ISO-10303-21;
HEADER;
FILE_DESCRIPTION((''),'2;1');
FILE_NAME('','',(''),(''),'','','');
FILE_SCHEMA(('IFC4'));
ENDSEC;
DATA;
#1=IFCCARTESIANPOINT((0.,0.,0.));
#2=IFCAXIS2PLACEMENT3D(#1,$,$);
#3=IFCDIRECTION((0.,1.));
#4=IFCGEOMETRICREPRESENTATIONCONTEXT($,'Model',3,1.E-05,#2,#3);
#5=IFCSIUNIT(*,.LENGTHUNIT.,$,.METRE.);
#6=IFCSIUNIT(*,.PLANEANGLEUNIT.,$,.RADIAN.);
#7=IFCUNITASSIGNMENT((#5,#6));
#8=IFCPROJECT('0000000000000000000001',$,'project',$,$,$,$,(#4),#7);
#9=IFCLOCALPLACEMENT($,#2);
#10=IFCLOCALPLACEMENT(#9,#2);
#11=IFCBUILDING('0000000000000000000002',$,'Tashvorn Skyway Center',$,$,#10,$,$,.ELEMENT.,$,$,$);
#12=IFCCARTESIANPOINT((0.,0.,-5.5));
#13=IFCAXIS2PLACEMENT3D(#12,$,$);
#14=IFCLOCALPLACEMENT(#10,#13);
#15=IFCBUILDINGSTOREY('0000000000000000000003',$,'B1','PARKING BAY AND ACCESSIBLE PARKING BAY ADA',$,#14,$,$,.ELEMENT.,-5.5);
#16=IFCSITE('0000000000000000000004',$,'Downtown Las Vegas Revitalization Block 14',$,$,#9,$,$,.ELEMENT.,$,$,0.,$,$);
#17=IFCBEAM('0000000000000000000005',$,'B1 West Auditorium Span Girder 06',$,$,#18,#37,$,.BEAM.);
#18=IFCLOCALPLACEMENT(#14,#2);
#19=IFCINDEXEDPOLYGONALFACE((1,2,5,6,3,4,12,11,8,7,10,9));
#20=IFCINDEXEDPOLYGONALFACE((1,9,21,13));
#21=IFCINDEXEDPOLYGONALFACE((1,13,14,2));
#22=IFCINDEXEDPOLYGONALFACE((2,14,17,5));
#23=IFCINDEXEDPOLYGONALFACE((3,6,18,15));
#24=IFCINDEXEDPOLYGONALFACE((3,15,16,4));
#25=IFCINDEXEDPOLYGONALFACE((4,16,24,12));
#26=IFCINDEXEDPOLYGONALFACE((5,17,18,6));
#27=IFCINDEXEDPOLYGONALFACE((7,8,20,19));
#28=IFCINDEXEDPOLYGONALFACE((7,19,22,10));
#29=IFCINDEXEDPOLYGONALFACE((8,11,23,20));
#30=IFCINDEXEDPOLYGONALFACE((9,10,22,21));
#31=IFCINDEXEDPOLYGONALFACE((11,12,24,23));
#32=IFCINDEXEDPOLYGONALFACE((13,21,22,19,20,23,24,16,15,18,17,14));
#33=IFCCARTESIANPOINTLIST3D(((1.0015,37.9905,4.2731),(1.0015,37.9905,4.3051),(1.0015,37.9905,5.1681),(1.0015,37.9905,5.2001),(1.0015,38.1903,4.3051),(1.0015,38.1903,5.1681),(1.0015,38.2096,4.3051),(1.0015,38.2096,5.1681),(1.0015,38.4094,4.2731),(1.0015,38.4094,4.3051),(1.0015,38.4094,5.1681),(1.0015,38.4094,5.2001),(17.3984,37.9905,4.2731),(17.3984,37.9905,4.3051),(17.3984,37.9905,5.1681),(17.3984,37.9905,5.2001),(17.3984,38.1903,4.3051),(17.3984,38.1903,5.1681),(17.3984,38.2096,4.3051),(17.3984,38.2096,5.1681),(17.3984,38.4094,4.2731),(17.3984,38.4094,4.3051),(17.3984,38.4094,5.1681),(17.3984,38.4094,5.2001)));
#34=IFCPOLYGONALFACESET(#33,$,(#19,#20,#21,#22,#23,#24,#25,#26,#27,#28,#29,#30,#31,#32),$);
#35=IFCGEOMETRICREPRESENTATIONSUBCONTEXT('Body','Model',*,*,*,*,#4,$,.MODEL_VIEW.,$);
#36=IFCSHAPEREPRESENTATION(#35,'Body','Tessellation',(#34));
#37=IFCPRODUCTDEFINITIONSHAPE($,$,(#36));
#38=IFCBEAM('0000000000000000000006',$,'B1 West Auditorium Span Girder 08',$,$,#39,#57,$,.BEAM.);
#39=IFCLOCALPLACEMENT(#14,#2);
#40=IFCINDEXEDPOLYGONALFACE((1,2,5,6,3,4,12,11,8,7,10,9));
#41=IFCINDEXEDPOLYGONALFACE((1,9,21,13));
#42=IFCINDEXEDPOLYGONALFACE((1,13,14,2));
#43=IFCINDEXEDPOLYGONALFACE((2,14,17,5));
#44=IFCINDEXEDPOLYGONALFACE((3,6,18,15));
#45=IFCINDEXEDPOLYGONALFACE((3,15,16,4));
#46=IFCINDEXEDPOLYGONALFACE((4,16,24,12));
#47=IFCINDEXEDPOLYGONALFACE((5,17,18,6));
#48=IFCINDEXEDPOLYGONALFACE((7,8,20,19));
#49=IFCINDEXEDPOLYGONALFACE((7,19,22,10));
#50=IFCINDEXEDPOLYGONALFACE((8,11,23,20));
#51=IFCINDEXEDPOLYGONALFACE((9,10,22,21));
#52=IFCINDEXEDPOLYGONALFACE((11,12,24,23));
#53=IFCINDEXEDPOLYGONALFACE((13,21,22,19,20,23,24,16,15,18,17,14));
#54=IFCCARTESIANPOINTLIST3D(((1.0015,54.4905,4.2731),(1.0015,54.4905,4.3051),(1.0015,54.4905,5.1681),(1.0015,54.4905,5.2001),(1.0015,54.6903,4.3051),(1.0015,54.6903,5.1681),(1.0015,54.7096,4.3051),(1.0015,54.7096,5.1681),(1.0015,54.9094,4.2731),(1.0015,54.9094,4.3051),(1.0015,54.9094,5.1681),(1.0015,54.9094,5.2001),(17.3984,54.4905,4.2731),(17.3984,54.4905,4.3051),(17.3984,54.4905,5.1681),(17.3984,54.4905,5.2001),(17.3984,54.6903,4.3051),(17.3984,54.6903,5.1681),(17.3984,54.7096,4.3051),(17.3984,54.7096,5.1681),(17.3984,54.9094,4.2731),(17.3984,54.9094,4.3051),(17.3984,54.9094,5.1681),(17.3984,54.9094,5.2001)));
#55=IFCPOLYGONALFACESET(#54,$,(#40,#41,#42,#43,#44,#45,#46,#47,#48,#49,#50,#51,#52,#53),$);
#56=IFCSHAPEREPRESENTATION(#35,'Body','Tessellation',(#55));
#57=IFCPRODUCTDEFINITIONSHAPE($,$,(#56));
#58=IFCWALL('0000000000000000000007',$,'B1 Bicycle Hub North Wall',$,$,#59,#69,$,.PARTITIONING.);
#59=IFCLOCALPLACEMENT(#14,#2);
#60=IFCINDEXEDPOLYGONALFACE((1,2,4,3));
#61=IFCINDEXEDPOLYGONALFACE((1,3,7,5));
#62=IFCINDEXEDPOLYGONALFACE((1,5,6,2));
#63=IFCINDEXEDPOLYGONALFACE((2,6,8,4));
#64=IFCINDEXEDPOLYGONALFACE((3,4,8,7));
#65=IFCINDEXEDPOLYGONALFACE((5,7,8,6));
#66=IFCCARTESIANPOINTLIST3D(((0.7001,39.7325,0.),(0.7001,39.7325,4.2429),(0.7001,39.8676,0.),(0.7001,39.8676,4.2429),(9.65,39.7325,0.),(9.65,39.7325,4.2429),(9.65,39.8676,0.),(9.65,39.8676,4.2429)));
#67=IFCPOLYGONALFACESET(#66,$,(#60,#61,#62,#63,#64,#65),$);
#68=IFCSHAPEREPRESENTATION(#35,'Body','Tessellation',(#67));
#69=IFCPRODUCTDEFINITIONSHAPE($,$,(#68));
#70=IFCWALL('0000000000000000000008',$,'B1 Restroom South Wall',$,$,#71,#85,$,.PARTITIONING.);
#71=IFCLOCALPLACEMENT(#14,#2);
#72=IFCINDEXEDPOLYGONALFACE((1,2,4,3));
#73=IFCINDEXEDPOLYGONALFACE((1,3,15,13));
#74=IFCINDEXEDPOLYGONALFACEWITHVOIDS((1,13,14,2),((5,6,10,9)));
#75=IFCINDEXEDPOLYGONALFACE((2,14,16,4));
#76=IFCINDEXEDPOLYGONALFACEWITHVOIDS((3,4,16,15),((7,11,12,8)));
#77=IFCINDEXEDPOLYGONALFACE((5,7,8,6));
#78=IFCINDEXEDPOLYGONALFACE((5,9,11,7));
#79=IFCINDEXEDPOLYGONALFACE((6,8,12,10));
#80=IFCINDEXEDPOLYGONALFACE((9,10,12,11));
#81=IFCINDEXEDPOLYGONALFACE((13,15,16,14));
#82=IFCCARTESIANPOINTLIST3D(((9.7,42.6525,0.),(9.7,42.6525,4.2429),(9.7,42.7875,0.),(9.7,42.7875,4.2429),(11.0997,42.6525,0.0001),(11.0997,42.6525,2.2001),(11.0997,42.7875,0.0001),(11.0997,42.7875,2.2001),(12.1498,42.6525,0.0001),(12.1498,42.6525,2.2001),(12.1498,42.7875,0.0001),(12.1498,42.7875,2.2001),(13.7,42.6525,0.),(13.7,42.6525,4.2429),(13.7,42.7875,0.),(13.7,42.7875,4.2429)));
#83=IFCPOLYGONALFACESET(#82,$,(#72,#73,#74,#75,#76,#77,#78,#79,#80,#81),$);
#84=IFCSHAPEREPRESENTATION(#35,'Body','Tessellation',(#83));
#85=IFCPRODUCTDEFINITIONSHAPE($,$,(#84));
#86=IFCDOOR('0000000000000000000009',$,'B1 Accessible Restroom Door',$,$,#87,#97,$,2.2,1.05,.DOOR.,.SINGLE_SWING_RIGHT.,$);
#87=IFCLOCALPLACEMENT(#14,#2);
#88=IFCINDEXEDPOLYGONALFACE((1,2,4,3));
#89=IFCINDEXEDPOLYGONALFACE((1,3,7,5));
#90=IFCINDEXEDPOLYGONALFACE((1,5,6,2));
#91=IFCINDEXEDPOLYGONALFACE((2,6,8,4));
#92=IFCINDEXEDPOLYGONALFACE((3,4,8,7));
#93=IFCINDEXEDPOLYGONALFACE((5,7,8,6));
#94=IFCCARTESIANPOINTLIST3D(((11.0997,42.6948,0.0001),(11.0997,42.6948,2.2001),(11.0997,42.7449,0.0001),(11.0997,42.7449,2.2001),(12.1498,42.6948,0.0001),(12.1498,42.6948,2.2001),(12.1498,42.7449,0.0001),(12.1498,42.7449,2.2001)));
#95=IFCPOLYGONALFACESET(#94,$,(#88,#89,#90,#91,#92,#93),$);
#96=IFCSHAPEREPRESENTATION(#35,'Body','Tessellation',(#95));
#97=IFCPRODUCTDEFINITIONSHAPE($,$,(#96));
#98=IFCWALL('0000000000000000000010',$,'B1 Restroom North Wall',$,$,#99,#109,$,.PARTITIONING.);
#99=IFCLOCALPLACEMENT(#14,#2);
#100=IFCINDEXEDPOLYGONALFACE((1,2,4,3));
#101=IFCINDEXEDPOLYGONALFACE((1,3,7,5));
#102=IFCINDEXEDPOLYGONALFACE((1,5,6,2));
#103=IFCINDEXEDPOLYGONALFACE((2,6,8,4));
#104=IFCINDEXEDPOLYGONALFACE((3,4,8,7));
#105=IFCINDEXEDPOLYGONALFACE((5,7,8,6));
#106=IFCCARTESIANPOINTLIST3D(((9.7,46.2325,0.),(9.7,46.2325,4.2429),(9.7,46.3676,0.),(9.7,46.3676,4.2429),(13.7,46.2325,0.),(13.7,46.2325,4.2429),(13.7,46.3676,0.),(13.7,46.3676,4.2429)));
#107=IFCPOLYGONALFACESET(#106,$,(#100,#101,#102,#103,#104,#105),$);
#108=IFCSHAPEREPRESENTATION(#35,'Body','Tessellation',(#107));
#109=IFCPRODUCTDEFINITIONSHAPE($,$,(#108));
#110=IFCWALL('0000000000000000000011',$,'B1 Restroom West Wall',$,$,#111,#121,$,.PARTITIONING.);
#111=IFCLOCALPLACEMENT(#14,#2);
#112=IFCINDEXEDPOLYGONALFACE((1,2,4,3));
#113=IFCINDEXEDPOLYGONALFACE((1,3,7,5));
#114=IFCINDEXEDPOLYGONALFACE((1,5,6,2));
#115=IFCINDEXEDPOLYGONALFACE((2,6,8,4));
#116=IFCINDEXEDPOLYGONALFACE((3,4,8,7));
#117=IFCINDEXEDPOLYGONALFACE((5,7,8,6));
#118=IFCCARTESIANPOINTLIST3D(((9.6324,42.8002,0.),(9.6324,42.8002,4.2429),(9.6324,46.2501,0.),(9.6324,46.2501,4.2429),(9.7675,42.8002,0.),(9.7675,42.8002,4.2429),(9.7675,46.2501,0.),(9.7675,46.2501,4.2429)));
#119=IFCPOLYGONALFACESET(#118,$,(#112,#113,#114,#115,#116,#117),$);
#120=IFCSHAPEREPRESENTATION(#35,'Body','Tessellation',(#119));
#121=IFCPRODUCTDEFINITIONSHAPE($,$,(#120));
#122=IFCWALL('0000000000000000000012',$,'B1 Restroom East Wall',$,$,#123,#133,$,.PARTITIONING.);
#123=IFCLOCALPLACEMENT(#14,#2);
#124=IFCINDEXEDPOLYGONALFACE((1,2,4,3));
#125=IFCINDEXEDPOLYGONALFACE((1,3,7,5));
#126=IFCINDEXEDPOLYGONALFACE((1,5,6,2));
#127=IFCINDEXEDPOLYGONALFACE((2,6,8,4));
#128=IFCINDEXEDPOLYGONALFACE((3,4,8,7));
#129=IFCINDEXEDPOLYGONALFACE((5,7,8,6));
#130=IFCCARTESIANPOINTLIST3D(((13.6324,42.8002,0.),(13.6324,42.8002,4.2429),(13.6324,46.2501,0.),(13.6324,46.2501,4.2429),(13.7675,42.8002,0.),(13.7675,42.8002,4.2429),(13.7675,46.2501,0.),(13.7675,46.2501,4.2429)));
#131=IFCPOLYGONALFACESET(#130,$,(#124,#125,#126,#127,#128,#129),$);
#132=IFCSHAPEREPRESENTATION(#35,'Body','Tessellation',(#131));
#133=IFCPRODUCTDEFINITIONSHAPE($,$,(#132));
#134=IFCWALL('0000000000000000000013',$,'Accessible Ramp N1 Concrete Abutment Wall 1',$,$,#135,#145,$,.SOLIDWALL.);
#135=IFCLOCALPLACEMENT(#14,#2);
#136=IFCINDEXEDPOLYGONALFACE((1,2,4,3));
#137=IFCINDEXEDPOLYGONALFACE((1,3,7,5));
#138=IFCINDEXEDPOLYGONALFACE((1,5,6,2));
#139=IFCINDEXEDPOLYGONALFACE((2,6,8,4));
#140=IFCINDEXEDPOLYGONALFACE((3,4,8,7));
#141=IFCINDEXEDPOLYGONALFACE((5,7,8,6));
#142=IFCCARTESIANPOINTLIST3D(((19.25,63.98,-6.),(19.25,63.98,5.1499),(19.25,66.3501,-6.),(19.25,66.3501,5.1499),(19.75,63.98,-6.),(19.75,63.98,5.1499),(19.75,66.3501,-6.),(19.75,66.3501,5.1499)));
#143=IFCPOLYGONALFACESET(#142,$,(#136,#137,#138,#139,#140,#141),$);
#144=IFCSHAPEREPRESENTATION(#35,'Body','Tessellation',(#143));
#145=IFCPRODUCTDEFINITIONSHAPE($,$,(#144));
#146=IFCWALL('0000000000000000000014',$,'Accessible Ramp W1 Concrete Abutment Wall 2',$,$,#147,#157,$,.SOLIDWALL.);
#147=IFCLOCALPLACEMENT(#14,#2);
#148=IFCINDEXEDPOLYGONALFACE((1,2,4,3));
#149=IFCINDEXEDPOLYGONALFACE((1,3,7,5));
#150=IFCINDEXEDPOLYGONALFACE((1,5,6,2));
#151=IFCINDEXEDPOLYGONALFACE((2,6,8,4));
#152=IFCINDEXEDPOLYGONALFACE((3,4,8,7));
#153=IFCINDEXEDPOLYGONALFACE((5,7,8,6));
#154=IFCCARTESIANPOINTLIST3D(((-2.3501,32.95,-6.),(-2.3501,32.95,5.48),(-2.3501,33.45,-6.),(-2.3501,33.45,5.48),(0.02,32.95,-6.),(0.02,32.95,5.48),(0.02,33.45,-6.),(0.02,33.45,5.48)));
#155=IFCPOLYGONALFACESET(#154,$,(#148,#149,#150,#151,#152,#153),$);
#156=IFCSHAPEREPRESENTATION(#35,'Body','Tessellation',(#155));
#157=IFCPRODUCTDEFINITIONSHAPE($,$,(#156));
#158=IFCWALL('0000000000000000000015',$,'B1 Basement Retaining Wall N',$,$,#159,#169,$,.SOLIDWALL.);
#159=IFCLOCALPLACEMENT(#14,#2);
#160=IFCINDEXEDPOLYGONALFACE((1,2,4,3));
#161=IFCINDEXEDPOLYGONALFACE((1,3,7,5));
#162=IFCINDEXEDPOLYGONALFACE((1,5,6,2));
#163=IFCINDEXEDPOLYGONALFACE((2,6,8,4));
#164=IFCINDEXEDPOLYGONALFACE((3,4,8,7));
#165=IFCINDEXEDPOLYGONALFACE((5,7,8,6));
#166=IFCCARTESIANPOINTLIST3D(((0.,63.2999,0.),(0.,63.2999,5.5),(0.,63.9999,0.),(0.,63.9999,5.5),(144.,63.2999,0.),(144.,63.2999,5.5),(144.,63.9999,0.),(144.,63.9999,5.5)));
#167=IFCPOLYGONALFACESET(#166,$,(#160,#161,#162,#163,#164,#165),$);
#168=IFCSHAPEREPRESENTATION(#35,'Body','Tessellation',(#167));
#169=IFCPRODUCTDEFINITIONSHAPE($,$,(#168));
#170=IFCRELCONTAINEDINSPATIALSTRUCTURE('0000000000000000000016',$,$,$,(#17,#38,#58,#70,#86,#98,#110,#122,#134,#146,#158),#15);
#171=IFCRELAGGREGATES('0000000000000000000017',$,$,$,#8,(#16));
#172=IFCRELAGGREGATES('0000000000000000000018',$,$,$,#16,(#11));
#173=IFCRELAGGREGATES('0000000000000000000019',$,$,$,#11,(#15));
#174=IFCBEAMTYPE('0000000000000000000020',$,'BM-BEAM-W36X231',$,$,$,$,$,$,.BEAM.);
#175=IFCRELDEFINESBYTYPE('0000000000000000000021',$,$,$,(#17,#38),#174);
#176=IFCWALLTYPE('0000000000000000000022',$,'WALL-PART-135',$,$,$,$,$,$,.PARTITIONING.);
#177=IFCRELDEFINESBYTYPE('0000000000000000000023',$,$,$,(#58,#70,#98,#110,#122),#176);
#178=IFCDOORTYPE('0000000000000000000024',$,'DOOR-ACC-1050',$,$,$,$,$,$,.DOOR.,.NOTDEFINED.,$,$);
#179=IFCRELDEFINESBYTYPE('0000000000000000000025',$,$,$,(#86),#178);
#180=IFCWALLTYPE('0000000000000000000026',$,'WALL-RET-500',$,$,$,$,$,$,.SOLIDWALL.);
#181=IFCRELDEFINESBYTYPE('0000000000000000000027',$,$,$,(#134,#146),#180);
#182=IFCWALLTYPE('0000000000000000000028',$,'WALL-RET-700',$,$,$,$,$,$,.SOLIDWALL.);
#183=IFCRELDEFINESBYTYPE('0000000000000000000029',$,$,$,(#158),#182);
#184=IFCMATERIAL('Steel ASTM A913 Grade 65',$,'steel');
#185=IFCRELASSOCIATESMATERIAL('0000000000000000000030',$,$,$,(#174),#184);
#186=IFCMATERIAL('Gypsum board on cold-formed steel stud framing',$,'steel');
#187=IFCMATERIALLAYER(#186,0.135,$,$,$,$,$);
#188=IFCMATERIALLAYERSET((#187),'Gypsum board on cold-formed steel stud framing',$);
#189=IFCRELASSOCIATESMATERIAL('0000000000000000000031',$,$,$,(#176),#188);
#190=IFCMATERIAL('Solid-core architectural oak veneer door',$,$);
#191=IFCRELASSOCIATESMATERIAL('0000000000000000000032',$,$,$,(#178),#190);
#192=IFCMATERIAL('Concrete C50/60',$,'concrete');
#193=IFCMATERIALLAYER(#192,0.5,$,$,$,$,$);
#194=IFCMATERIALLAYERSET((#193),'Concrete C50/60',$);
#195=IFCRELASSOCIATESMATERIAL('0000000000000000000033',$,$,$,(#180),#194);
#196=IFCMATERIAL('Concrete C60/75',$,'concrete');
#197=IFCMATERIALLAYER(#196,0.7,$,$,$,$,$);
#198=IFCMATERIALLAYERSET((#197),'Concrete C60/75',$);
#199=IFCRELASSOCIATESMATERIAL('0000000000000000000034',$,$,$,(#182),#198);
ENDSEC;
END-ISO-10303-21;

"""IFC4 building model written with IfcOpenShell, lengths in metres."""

from ifc_helpers import new_model, si_unit, direction, frame, frame_2d, origin, origin_2d, place, context, subcontext, project, spatial, rectangle, i_section, extrude, material, layer, layer_set, material_profile, profile_set, type_object, element, fill, save


model = new_model("IFC4")

# Units and contexts
model_context = context("Model", 3, precision=1e-05, world=origin(), true_north=direction((0.0, 1.0)))
body_context = subcontext(model_context, "Body", "Model", "MODEL_VIEW")
ifc_project = project(units=[si_unit("LENGTHUNIT", "METRE"), si_unit("PLANEANGLEUNIT", "RADIAN")], contexts=[model_context])

# Site, building, storey
site_placement = place(None, origin())
site = spatial("IfcSite", under=ifc_project, at=site_placement, Name="Downtown Las Vegas Revitalization Block 14", CompositionType="ELEMENT", RefElevation=0.0)
building_placement = place(site_placement, origin())
building = spatial("IfcBuilding", under=site, at=building_placement, Name="Tashvorn Skyway Center", CompositionType="ELEMENT")
storey_placement = place(building_placement, frame((0.0, 0.0, -5.5)))
storey = spatial("IfcBuildingStorey", under=building, at=storey_placement, Name="B1", Description="PARKING BAY AND ACCESSIBLE PARKING BAY ADA", CompositionType="ELEMENT", Elevation=-5.5)

# Shared definitions
ifc_material_1 = material(Name="Concrete C50/60", Category="concrete")

# Beams
ifc_material_2 = material(Name="Steel ASTM A913 Grade 65", Category="steel")
ifc_material_profile_1 = material_profile(ifc_material_2, i_section(OverallWidth=0.4189, OverallDepth=0.927, WebThickness=0.0193, FlangeThickness=0.032, at=origin_2d()), Name="W36X231")
ifc_profile_set_1 = profile_set([ifc_material_profile_1], Name="Steel ASTM A913 Grade 65")
beam_type_1 = type_object("IfcBeamType", Name="BM-BEAM-W36X231", PredefinedType="BEAM", material=ifc_profile_set_1)
for number, where, z_axis, x_axis, name in (
    (1, (1.0015, 38.2, 4.7366), (1.0, 0.0, 0.0), (0.0, 1.0, 0.0), "B1 West Auditorium Span Girder 06"),
    (2, (1.0015, 54.7, 4.7366), (1.0, 0.0, 0.0), (0.0, 1.0, 0.0), "B1 West Auditorium Span Girder 08"),
):
    element("IfcBeam", number, at=place(storey_placement, frame(where, z_axis=z_axis, x_axis=x_axis)), inside=storey, type_object=beam_type_1, Name=name, PredefinedType="BEAM", context=body_context, shape_type="SweptSolid", body=[
        extrude(i_section(OverallWidth=0.4189, OverallDepth=0.927, WebThickness=0.0193, FlangeThickness=0.032, at=origin_2d()), origin(), (0.0, 0.0, 1.0), 16.397),
    ])

# Wall
ifc_material_3 = material(Name="Gypsum board on cold-formed steel stud framing", Category="steel")
ifc_layer_1 = layer(ifc_material_3, 0.135)
ifc_layer_set_1 = layer_set([ifc_layer_1], Name="Gypsum board on cold-formed steel stud framing")
wall_type_1 = type_object("IfcWallType", Name="WALL-PART-135", PredefinedType="PARTITIONING", material=ifc_layer_set_1)
wall_1_placement = place(storey_placement, frame((0.7, 39.8, 0.0), z_axis=(0.0, 0.0, 1.0), x_axis=(1.0, 0.0, 0.0)))
element("IfcWall", 3, at=wall_1_placement, inside=storey, type_object=wall_type_1, Name="B1 Bicycle Hub North Wall", PredefinedType="PARTITIONING", context=body_context, shape_type="SweptSolid", body=[
    extrude(rectangle(XDim=8.95, YDim=0.135, at=frame_2d((4.4751, 0.0))), origin(), (0.0, 0.0, 1.0), 4.2429),
])

# Wall, opening, door
wall_2_placement = place(storey_placement, frame((9.7, 42.72, 0.0), z_axis=(0.0, 0.0, 1.0), x_axis=(1.0, 0.0, 0.0)))
wall_2 = element("IfcWall", 4, at=wall_2_placement, inside=storey, type_object=wall_type_1, Name="B1 Restroom South Wall", PredefinedType="PARTITIONING", context=body_context, shape_type="SweptSolid", body=[
    extrude(rectangle(XDim=4.0, YDim=0.135, at=frame_2d((2.0, 0.0))), origin(), (0.0, 0.0, 1.0), 4.2429),
])
opening_placement = place(wall_2_placement, frame((1.3999, 0.0, 0.0)))
opening = element("IfcOpeningElement", 5, at=opening_placement, cuts=wall_2, PredefinedType="OPENING", context=body_context, shape_type="SweptSolid", body=[
    extrude(rectangle(XDim=1.05, YDim=2.2, at=frame_2d((0.5249, 1.1001))), frame((0.0, 0.0774, 0.0), z_axis=(0.0, -1.0, 0.0), x_axis=(1.0, 0.0, 0.0)), (0.0, 0.0, 1.0), 0.155),
])
ifc_material_4 = material(Name="Solid-core architectural oak veneer door")
door_type = type_object("IfcDoorType", Name="DOOR-ACC-1050", OperationType="NOTDEFINED", PredefinedType="DOOR", material=ifc_material_4)
door_placement = place(opening_placement, origin())
door = element("IfcDoor", 6, at=door_placement, inside=storey, type_object=door_type, Name="B1 Accessible Restroom Door", OperationType="SINGLE_SWING_RIGHT", OverallHeight=2.2, OverallWidth=1.05, PredefinedType="DOOR", context=body_context, shape_type="SweptSolid", body=[
    extrude(rectangle(XDim=1.05, YDim=2.2, at=frame_2d((0.5249, 1.1001))), frame((0.0, 0.0249, 0.0), z_axis=(0.0, -1.0, 0.0), x_axis=(1.0, 0.0, 0.0)), (0.0, 0.0, 1.0), 0.05),
])
fill(opening, door)

# Walls
wall_3_placement = place(storey_placement, frame((9.7, 46.3, 0.0), z_axis=(0.0, 0.0, 1.0), x_axis=(1.0, 0.0, 0.0)))
element("IfcWall", 7, at=wall_3_placement, inside=storey, type_object=wall_type_1, Name="B1 Restroom North Wall", PredefinedType="PARTITIONING", context=body_context, shape_type="SweptSolid", body=[
    extrude(rectangle(XDim=4.0, YDim=0.135, at=frame_2d((2.0, 0.0))), origin(), (0.0, 0.0, 1.0), 4.2429),
])
for number, where, z_axis, x_axis, name in (
    (8, (9.7, 42.8, 0.0), (0.0, 0.0, 1.0), (0.0, 1.0, 0.0), "B1 Restroom West Wall"),
    (9, (13.7, 42.8, 0.0), (0.0, 0.0, 1.0), (0.0, 1.0, 0.0), "B1 Restroom East Wall"),
):
    element("IfcWall", number, at=place(storey_placement, frame(where, z_axis=z_axis, x_axis=x_axis)), inside=storey, type_object=wall_type_1, Name=name, PredefinedType="PARTITIONING", context=body_context, shape_type="SweptSolid", body=[
        extrude(rectangle(XDim=3.45, YDim=0.135, at=frame_2d((1.7251, 0.0))), origin(), (0.0, 0.0, 1.0), 4.2429),
    ])
ifc_layer_2 = layer(ifc_material_1, 0.5)
ifc_layer_set_2 = layer_set([ifc_layer_2], Name="Concrete C50/60")
wall_type_2 = type_object("IfcWallType", Name="WALL-RET-500", PredefinedType="SOLIDWALL", material=ifc_layer_set_2)
wall_4_placement = place(storey_placement, frame((19.5, 66.3501, -6.0), z_axis=(0.0, 0.0, 1.0), x_axis=(0.0, -1.0, 0.0)))
element("IfcWall", 10, at=wall_4_placement, inside=storey, type_object=wall_type_2, Name="Accessible Ramp N1 Concrete Abutment Wall 1", PredefinedType="SOLIDWALL", context=body_context, shape_type="SweptSolid", body=[
    extrude(rectangle(XDim=2.3701, YDim=0.5, at=frame_2d((1.1851, 0.0))), origin(), (0.0, 0.0, 1.0), 11.1499),
])
wall_5_placement = place(storey_placement, frame((-2.3501, 33.2, -6.0), z_axis=(0.0, 0.0, 1.0), x_axis=(1.0, 0.0, 0.0)))
element("IfcWall", 11, at=wall_5_placement, inside=storey, type_object=wall_type_2, Name="Accessible Ramp W1 Concrete Abutment Wall 2", PredefinedType="SOLIDWALL", context=body_context, shape_type="SweptSolid", body=[
    extrude(rectangle(XDim=2.3701, YDim=0.5, at=frame_2d((1.1851, 0.0))), origin(), (0.0, 0.0, 1.0), 11.48),
])
ifc_material_5 = material(Name="Concrete C60/75", Category="concrete")
ifc_layer_3 = layer(ifc_material_5, 0.7)
ifc_layer_set_3 = layer_set([ifc_layer_3], Name="Concrete C60/75")
wall_type_3 = type_object("IfcWallType", Name="WALL-RET-700", PredefinedType="SOLIDWALL", material=ifc_layer_set_3)
wall_6_placement = place(storey_placement, frame((0.0, 63.6499, 0.0), z_axis=(0.0, 0.0, 1.0), x_axis=(1.0, 0.0, 0.0)))
element("IfcWall", 12, at=wall_6_placement, inside=storey, type_object=wall_type_3, Name="B1 Basement Retaining Wall N", PredefinedType="SOLIDWALL", context=body_context, shape_type="SweptSolid", body=[
    extrude(rectangle(XDim=144.0, YDim=0.7, at=frame_2d((72.0, 0.0))), origin(), (0.0, 0.0, 1.0), 5.5),
])

save(model, "model.ifc")
